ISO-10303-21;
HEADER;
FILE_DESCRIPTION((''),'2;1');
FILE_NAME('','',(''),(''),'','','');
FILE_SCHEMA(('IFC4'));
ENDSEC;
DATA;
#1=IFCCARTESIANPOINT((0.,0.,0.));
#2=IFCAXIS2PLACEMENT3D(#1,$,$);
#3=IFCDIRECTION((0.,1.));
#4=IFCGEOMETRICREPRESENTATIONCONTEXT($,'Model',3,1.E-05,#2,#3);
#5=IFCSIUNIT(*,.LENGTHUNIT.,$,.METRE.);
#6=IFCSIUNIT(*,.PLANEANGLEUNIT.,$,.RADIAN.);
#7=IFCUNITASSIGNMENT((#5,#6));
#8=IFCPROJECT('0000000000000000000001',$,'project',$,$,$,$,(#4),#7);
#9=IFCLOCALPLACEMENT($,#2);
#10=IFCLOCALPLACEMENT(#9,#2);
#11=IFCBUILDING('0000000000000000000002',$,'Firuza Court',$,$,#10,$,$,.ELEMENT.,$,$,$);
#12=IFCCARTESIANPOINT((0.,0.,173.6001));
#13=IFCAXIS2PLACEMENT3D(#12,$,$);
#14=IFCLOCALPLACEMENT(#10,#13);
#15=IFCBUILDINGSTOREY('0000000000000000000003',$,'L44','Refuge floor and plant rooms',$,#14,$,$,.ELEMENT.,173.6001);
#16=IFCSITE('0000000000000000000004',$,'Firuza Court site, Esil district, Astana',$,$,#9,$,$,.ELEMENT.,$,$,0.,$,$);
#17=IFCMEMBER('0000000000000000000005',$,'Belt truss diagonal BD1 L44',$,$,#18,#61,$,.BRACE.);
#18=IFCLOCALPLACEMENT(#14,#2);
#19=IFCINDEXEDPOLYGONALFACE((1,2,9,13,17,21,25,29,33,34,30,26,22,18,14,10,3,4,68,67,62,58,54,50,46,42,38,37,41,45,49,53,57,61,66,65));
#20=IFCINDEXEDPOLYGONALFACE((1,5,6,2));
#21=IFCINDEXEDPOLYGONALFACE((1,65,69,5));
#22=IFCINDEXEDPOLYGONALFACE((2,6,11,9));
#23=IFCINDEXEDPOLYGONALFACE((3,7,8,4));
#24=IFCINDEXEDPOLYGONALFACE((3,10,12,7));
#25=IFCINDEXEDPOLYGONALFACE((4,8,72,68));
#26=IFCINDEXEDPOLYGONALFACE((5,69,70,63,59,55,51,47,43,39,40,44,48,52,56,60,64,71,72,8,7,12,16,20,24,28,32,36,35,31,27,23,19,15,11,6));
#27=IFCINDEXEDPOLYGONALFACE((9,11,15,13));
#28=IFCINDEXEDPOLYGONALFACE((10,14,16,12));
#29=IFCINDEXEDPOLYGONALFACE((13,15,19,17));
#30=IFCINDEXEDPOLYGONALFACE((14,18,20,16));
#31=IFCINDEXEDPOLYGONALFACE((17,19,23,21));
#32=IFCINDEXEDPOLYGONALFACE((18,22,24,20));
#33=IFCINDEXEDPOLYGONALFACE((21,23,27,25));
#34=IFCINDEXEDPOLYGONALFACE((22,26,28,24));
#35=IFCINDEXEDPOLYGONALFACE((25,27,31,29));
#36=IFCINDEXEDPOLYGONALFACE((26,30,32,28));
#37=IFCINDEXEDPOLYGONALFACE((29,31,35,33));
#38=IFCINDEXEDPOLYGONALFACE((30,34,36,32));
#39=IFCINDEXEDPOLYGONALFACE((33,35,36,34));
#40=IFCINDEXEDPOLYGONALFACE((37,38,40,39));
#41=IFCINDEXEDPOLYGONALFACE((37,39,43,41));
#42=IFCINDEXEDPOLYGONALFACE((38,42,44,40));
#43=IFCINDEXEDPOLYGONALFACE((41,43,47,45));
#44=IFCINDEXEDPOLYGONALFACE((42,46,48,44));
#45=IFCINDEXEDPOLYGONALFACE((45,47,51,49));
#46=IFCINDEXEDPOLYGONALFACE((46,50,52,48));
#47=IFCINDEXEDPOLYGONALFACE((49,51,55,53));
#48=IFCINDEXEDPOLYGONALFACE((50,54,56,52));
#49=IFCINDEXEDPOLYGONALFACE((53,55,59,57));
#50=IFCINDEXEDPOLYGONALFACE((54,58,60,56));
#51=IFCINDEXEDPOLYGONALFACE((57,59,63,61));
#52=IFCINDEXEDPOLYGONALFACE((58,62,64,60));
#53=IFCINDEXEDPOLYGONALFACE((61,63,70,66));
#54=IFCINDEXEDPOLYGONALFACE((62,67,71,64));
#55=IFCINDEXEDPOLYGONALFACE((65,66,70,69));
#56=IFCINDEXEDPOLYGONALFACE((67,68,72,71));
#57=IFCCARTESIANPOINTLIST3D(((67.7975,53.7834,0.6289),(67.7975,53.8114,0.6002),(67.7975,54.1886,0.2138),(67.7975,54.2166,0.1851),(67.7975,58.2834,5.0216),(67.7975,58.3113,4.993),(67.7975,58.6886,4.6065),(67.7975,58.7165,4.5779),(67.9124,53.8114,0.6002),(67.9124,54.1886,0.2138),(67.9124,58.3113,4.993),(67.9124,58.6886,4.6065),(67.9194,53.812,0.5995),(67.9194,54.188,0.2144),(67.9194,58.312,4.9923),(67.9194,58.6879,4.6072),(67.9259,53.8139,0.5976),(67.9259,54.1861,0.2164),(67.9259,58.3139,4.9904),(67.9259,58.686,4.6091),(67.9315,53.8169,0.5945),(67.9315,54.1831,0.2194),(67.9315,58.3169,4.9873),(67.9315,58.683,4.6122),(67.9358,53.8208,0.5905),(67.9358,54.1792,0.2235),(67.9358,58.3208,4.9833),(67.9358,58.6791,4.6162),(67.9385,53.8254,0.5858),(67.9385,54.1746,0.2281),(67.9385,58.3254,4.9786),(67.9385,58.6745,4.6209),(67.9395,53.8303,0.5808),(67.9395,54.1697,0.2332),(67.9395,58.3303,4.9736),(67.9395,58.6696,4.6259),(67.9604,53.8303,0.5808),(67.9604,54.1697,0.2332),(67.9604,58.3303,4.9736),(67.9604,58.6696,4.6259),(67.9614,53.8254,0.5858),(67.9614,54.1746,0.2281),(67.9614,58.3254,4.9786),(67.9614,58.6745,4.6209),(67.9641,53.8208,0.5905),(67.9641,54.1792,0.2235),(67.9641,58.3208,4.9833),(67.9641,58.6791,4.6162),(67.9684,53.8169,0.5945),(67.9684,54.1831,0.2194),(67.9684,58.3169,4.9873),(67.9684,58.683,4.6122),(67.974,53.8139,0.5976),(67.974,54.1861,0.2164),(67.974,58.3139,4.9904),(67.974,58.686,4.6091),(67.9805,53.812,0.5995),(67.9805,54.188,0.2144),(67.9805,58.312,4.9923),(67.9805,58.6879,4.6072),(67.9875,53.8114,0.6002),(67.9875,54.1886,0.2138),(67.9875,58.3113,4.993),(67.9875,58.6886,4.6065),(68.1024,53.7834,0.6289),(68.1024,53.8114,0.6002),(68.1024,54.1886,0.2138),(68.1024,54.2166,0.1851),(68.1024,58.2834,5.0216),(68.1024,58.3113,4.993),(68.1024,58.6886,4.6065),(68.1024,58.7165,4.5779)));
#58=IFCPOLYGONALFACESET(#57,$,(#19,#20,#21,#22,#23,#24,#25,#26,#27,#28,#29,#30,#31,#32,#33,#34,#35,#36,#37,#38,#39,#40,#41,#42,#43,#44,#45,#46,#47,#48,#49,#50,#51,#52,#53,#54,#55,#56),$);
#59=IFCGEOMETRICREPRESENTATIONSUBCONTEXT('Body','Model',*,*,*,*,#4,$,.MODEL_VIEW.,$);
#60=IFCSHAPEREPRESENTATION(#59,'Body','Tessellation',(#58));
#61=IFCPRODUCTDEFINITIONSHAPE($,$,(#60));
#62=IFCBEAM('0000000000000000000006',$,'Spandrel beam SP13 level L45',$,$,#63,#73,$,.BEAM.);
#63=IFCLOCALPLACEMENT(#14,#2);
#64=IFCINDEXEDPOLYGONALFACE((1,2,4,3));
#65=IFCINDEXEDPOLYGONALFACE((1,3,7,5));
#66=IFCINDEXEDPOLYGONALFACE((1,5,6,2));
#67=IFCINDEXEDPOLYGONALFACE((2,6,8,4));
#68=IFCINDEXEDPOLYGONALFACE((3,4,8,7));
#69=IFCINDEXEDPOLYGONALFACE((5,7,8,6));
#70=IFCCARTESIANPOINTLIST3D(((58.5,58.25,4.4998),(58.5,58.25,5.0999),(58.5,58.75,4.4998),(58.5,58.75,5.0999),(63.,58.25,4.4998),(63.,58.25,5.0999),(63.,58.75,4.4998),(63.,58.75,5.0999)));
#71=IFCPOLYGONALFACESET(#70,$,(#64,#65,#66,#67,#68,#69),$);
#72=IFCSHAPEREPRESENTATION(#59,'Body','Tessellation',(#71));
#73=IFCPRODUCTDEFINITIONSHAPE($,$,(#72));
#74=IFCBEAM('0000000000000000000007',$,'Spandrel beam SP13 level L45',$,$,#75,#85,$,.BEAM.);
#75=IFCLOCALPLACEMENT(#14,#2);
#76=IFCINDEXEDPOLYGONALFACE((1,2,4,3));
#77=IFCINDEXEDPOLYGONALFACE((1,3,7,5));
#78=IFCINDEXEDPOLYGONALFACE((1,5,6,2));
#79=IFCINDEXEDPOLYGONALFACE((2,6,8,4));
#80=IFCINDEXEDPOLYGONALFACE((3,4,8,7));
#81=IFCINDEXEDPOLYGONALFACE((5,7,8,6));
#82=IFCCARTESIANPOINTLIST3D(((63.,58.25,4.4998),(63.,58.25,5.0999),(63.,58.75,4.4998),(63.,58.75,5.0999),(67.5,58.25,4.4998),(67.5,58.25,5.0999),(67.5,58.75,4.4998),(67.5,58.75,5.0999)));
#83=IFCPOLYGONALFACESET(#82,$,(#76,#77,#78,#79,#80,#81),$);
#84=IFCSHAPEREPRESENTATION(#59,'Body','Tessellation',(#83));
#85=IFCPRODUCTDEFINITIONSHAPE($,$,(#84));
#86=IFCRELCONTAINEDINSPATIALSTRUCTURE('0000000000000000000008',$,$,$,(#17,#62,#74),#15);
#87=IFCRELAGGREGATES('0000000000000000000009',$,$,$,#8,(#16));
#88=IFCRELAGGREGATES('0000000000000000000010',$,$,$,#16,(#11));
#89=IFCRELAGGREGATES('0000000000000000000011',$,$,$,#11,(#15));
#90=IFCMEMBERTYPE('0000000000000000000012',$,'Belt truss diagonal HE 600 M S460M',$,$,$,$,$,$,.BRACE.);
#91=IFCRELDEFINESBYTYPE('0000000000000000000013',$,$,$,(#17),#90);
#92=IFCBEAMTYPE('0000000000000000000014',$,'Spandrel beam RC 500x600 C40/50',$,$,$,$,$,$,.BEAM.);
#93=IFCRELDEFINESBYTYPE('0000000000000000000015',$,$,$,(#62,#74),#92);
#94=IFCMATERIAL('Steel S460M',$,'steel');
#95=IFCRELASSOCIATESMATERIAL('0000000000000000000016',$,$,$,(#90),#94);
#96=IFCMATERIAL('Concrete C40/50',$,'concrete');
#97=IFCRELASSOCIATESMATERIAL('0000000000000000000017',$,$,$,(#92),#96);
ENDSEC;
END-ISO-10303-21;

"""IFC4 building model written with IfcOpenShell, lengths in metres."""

from ifc_helpers import new_model, si_unit, direction, frame, origin, origin_2d, place, context, subcontext, project, spatial, rectangle, i_section, extrude, material, material_profile, profile_set, type_object, element, save


model = new_model("IFC4")

# Units and contexts
model_context = context("Model", 3, precision=1e-05, world=origin(), true_north=direction((0.0, 1.0)))
body_context = subcontext(model_context, "Body", "Model", "MODEL_VIEW")
ifc_project = project(units=[si_unit("LENGTHUNIT", "METRE"), si_unit("PLANEANGLEUNIT", "RADIAN")], contexts=[model_context])

# Site, building, storey
site_placement = place(None, origin())
site = spatial("IfcSite", under=ifc_project, at=site_placement, Name="Firuza Court site, Esil district, Astana", CompositionType="ELEMENT", RefElevation=0.0)
building_placement = place(site_placement, origin())
building = spatial("IfcBuilding", under=site, at=building_placement, Name="Firuza Court", CompositionType="ELEMENT")
storey_placement = place(building_placement, frame((0.0, 0.0, 173.6001)))
storey = spatial("IfcBuildingStorey", under=building, at=storey_placement, Name="L44", Description="Refuge floor and plant rooms", CompositionType="ELEMENT", Elevation=173.6001)

# Member
ifc_material_1 = material(Name="Steel S460M", Category="steel")
ifc_material_profile_1 = material_profile(ifc_material_1, i_section(OverallWidth=0.3049, OverallDepth=0.6201, WebThickness=0.021, FlangeThickness=0.04, FilletRadius=0.0271, at=origin_2d()), Name="HE 600 M")
ifc_profile_set_1 = profile_set([ifc_material_profile_1], Name="Steel S460M")
member_type_1 = type_object("IfcMemberType", Name="Belt truss diagonal HE 600 M S460M", PredefinedType="BRACE", material=ifc_profile_set_1)
member_placement = place(storey_placement, frame((67.95, 54.0, 0.407), z_axis=(0.0, 0.715577, 0.698534), x_axis=(-1.0, 0.0, 0.0)))
element("IfcMember", 1, at=member_placement, inside=storey, type_object=member_type_1, Name="Belt truss diagonal BD1 L44", PredefinedType="BRACE", context=body_context, shape_type="SweptSolid", body=[
    extrude(i_section(OverallWidth=0.3049, OverallDepth=0.6201, WebThickness=0.021, FlangeThickness=0.04, FilletRadius=0.0271, at=origin_2d()), origin(), (0.0, 0.0, 1.0), 6.2886),
])

# Beams
ifc_material_2 = material(Name="Concrete C40/50", Category="concrete")
ifc_material_profile_2 = material_profile(ifc_material_2, rectangle(XDim=0.5, YDim=0.6001, at=origin_2d()), Name="RC 500x600")
ifc_profile_set_2 = profile_set([ifc_material_profile_2], Name="Concrete C40/50")
beam_type = type_object("IfcBeamType", Name="Spandrel beam RC 500x600 C40/50", PredefinedType="BEAM", material=ifc_profile_set_2)
for number, where, z_axis, x_axis, name in (
    (2, (63.0, 58.5, 4.7998), (-1.0, 0.0, 0.0), (0.0, -1.0, 0.0), "Spandrel beam SP13 level L45"),
    (3, (67.5, 58.5, 4.7998), (-1.0, 0.0, 0.0), (0.0, -1.0, 0.0), "Spandrel beam SP13 level L45"),
):
    element("IfcBeam", number, at=place(storey_placement, frame(where, z_axis=z_axis, x_axis=x_axis)), inside=storey, type_object=beam_type, Name=name, PredefinedType="BEAM", context=body_context, shape_type="SweptSolid", body=[
        extrude(rectangle(XDim=0.5, YDim=0.6001, at=origin_2d()), origin(), (0.0, 0.0, 1.0), 4.5),
    ])

save(model, "model.ifc")
